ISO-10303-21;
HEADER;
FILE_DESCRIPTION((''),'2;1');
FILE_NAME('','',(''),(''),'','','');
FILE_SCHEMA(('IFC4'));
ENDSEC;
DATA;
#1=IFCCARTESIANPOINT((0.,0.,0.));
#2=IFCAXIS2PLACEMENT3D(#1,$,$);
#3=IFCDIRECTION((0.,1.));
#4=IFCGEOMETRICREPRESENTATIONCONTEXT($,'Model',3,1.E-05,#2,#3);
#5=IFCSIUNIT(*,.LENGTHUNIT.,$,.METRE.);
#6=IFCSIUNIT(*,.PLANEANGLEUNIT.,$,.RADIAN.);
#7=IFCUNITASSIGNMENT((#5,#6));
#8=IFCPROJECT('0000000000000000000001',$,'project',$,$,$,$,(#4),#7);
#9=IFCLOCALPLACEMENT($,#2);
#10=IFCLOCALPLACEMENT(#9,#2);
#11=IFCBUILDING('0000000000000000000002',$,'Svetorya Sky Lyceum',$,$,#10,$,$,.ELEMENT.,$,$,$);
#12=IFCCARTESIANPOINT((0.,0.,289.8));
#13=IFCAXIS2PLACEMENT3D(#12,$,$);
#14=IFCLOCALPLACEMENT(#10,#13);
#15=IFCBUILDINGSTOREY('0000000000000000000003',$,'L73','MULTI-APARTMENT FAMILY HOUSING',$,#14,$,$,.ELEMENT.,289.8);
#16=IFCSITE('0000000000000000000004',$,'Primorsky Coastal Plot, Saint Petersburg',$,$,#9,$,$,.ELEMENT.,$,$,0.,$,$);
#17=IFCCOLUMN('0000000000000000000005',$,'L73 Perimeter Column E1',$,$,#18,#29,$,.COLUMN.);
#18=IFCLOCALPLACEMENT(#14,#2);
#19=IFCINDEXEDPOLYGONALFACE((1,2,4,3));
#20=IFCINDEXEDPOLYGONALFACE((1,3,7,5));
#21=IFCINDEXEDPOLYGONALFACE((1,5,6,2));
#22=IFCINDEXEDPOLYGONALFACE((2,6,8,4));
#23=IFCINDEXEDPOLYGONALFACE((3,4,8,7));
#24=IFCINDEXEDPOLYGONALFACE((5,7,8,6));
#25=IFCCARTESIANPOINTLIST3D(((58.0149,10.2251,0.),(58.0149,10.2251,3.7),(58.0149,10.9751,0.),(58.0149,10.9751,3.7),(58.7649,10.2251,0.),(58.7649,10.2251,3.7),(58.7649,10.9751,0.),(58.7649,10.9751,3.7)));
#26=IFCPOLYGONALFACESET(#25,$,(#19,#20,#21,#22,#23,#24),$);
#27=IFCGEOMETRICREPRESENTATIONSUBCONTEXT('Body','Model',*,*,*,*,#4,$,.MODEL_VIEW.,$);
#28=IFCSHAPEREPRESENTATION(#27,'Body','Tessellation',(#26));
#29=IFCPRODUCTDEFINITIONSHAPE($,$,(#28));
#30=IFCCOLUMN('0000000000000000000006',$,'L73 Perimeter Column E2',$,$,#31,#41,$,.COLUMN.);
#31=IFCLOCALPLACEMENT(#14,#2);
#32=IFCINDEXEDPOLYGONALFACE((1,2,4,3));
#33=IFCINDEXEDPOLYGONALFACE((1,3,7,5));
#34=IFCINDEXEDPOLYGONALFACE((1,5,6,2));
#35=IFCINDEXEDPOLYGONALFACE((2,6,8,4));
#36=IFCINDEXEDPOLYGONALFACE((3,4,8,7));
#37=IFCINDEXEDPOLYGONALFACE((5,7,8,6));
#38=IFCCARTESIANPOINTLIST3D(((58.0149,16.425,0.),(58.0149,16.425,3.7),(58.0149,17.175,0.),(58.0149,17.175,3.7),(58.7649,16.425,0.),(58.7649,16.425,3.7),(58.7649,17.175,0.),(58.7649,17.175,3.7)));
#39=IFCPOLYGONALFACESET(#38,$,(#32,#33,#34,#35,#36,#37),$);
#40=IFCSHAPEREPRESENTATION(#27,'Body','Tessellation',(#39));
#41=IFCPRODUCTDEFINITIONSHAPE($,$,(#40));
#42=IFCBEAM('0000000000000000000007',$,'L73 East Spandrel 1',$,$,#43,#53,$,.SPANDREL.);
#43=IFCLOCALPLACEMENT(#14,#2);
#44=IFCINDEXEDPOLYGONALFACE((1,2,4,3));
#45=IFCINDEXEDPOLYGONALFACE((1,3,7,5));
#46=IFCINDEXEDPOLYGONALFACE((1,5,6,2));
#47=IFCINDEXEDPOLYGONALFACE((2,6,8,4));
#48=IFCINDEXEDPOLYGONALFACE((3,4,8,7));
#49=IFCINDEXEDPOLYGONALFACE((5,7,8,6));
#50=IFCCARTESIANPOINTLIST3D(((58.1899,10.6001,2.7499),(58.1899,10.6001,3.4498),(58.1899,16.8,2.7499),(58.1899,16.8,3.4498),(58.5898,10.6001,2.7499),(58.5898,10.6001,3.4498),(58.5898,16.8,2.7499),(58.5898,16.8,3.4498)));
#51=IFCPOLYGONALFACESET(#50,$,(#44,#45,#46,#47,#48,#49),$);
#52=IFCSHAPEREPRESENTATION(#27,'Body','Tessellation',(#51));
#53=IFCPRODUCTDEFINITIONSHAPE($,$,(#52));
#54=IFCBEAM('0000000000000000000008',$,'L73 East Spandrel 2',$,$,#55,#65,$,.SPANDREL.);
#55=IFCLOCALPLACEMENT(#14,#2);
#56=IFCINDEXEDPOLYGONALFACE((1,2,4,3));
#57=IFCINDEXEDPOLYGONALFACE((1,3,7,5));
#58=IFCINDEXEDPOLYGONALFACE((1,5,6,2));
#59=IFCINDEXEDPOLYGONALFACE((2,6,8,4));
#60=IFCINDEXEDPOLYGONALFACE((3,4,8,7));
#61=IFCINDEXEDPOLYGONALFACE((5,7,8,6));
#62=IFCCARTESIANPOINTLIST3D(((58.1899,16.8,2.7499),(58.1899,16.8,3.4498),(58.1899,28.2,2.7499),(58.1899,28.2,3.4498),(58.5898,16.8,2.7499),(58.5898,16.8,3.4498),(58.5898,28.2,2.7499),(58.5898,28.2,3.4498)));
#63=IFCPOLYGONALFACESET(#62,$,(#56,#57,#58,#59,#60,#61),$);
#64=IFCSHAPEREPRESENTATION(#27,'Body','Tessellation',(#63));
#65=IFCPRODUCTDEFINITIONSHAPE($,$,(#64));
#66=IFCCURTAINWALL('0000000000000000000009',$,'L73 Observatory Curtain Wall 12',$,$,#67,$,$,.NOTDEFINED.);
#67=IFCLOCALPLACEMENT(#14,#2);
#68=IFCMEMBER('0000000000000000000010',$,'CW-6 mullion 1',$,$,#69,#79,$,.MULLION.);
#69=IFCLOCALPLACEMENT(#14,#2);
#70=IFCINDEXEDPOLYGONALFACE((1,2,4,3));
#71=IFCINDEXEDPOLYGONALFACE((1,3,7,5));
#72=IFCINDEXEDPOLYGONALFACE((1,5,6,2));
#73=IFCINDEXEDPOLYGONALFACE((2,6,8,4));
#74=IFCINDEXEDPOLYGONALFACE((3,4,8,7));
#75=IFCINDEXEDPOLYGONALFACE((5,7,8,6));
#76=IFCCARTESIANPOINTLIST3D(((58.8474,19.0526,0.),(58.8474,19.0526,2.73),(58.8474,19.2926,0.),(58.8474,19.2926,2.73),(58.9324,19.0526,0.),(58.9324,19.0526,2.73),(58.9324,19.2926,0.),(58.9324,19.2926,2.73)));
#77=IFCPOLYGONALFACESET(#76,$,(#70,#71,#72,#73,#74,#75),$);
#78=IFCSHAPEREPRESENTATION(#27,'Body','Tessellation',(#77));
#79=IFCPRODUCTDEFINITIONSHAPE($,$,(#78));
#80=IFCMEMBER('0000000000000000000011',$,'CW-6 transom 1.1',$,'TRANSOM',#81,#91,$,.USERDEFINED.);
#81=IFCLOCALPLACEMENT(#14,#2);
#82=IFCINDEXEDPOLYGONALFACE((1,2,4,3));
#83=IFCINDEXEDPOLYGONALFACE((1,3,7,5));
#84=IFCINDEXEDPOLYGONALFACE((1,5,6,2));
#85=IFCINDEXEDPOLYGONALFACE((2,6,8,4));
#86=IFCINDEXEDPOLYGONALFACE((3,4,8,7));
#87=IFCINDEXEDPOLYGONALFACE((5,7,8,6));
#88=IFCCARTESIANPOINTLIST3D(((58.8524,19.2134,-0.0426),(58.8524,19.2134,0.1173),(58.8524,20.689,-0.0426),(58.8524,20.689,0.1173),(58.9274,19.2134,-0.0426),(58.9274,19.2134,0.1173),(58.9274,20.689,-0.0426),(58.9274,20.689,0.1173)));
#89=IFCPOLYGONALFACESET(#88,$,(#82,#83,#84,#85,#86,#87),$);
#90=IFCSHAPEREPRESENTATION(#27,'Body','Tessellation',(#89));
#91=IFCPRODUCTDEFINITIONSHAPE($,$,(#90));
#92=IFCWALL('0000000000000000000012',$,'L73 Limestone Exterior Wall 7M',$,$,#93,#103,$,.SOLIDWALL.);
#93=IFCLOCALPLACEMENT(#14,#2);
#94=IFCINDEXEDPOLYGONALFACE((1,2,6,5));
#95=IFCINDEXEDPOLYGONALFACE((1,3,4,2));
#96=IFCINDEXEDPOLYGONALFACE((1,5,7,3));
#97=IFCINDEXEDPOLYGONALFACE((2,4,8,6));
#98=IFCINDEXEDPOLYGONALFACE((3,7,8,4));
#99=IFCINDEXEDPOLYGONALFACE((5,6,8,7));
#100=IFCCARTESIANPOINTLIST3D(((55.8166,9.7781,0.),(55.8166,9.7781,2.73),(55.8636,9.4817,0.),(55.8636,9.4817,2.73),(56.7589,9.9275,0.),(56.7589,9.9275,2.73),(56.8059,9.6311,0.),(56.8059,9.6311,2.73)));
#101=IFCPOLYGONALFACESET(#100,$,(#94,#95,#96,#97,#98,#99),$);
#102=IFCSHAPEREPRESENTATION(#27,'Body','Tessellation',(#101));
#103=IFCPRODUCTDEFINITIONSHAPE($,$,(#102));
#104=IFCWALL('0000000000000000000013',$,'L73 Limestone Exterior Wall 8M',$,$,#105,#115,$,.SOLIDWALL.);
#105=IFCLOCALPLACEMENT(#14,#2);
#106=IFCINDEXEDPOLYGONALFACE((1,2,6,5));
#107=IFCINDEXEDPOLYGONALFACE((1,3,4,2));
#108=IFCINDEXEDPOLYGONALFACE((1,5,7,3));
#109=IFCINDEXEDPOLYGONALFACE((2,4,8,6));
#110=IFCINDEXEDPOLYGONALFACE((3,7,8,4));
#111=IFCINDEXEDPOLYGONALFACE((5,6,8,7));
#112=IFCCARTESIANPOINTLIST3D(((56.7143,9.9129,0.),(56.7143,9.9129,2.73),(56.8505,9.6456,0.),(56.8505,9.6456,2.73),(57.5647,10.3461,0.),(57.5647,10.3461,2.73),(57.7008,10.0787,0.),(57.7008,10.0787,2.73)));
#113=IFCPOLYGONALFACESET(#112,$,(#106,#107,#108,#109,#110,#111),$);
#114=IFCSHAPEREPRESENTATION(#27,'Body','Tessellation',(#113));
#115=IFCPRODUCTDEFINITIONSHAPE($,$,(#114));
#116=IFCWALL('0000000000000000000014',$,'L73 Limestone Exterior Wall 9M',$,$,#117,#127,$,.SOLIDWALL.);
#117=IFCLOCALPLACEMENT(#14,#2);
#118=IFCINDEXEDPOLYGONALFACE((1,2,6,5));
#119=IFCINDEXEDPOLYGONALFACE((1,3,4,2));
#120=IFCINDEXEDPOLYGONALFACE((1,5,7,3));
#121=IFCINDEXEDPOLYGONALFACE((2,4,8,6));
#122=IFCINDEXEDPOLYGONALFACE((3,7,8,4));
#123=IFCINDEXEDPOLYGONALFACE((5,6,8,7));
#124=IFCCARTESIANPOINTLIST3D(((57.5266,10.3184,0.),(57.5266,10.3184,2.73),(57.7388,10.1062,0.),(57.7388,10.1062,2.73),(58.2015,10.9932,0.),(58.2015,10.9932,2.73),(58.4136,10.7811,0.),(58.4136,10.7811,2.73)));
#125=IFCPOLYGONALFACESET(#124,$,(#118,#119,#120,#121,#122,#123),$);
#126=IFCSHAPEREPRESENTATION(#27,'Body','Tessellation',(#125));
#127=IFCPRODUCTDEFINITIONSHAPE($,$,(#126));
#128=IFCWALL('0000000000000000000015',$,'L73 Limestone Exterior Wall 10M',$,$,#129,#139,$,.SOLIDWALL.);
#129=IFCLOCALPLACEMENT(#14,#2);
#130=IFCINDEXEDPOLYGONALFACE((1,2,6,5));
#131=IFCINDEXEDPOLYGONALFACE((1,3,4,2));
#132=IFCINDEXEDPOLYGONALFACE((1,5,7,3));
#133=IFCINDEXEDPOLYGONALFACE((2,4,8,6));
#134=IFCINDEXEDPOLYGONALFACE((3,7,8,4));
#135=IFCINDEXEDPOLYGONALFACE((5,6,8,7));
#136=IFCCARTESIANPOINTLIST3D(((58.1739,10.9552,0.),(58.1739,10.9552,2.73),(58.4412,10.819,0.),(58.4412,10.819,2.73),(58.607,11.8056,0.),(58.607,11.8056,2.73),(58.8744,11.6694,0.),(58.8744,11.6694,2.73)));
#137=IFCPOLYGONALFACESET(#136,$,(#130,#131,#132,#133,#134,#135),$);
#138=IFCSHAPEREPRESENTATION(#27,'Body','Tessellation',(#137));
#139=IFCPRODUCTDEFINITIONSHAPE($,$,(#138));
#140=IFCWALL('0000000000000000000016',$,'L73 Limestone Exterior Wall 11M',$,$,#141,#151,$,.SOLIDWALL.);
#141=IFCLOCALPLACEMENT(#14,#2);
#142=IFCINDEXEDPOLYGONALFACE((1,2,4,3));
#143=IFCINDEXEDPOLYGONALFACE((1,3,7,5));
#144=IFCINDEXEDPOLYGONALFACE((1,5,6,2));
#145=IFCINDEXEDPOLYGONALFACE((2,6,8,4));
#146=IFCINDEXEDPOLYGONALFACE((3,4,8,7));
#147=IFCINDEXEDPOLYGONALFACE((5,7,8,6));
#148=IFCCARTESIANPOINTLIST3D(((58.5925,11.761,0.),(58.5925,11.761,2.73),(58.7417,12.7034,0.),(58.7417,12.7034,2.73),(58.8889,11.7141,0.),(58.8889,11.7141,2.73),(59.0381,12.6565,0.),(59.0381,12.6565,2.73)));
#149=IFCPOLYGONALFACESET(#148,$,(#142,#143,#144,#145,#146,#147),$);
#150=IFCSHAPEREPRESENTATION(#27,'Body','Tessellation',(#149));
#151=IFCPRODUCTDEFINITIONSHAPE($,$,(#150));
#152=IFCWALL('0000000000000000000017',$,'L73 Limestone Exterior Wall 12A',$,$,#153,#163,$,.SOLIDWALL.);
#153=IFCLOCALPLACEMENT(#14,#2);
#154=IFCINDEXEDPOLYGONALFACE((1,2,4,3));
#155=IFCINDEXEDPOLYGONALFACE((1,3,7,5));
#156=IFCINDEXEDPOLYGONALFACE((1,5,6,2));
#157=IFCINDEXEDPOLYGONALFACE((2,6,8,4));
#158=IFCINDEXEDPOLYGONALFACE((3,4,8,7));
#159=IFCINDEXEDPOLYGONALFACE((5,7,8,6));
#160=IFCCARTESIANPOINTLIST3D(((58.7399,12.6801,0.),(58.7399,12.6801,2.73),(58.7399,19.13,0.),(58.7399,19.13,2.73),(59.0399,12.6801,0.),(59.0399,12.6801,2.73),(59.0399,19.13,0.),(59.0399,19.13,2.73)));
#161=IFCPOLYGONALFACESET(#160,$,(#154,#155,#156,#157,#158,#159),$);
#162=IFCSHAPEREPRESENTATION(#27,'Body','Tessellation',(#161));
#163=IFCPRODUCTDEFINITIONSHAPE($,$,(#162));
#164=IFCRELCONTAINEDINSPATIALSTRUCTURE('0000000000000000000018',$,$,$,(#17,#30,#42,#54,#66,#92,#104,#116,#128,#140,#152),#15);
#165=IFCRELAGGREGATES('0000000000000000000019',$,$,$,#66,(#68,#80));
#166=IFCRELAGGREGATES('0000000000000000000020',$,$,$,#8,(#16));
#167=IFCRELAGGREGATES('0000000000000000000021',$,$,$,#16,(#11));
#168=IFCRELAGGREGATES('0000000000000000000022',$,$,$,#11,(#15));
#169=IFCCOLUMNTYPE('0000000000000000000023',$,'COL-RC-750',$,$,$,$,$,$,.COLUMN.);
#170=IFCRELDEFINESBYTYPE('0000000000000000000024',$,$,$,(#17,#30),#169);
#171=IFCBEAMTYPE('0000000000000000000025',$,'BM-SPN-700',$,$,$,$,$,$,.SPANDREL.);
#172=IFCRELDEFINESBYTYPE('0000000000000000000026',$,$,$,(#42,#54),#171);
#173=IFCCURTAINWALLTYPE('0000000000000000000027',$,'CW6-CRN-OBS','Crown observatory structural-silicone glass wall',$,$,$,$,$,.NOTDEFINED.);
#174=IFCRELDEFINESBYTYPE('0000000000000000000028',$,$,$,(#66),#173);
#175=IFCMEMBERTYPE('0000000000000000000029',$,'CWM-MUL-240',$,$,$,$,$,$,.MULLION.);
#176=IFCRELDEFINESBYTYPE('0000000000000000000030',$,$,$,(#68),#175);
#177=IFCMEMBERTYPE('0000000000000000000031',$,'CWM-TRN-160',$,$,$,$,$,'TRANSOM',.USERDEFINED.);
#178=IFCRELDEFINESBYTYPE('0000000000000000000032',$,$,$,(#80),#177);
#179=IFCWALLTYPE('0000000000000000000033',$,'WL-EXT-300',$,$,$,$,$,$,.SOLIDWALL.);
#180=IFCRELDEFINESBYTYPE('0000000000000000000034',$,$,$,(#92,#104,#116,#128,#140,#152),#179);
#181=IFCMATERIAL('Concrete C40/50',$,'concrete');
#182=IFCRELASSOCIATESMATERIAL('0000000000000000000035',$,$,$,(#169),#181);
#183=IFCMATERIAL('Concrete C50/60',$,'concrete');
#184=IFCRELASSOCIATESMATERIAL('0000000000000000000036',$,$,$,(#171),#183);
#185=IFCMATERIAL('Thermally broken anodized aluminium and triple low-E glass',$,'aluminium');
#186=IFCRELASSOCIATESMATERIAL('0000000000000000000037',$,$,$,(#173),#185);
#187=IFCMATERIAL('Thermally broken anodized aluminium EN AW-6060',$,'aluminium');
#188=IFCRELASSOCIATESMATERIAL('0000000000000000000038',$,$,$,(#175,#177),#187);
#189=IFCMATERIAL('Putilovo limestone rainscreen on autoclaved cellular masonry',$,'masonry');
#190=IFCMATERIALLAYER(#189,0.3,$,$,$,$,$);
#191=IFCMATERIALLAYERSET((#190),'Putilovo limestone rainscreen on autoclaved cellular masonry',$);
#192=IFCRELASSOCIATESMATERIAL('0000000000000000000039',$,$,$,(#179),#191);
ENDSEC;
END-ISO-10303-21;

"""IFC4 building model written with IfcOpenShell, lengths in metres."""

from ifc_helpers import new_model, si_unit, direction, frame, frame_2d, origin, origin_2d, place, context, subcontext, project, spatial, rectangle, extrude, material, layer, layer_set, material_profile, profile_set, type_object, element, aggregate, save


model = new_model("IFC4")

# Units and contexts
model_context = context("Model", 3, precision=1e-05, world=origin(), true_north=direction((0.0, 1.0)))
body_context = subcontext(model_context, "Body", "Model", "MODEL_VIEW")
ifc_project = project(units=[si_unit("LENGTHUNIT", "METRE"), si_unit("PLANEANGLEUNIT", "RADIAN")], contexts=[model_context])

# Site, building, storey
site_placement = place(None, origin())
site = spatial("IfcSite", under=ifc_project, at=site_placement, Name="Primorsky Coastal Plot, Saint Petersburg", CompositionType="ELEMENT", RefElevation=0.0)
building_placement = place(site_placement, origin())
building = spatial("IfcBuilding", under=site, at=building_placement, Name="Svetorya Sky Lyceum", CompositionType="ELEMENT")
storey_placement = place(building_placement, frame((0.0, 0.0, 289.8)))
storey = spatial("IfcBuildingStorey", under=building, at=storey_placement, Name="L73", Description="MULTI-APARTMENT FAMILY HOUSING", CompositionType="ELEMENT", Elevation=289.8)

# Columns
ifc_material_1 = material(Name="Concrete C40/50", Category="concrete")
ifc_material_profile_1 = material_profile(ifc_material_1, rectangle(XDim=0.75, YDim=0.75, at=origin_2d()), Name="RC COL 750x750")
ifc_profile_set_1 = profile_set([ifc_material_profile_1], Name="Concrete C40/50")
column_type = type_object("IfcColumnType", Name="COL-RC-750", PredefinedType="COLUMN", material=ifc_profile_set_1)
for number, where, z_axis, x_axis, name in (
    (1, (58.3899, 10.6001, 0.0), (0.0, 0.0, 1.0), (1.0, 0.0, 0.0), "L73 Perimeter Column E1"),
    (2, (58.3899, 16.8, 0.0), (0.0, 0.0, 1.0), (1.0, 0.0, 0.0), "L73 Perimeter Column E2"),
):
    element("IfcColumn", number, at=place(storey_placement, frame(where, z_axis=z_axis, x_axis=x_axis)), inside=storey, type_object=column_type, Name=name, PredefinedType="COLUMN", context=body_context, shape_type="SweptSolid", body=[
        extrude(rectangle(XDim=0.75, YDim=0.75, at=origin_2d()), origin(), (0.0, 0.0, 1.0), 3.7),
    ])

# Beams
ifc_material_2 = material(Name="Concrete C50/60", Category="concrete")
ifc_material_profile_2 = material_profile(ifc_material_2, rectangle(XDim=0.3999, YDim=0.7, at=origin_2d()), Name="RC SPANDREL 400x700")
ifc_profile_set_2 = profile_set([ifc_material_profile_2], Name="Concrete C50/60")
beam_type = type_object("IfcBeamType", Name="BM-SPN-700", PredefinedType="SPANDREL", material=ifc_profile_set_2)
beam_1_placement = place(storey_placement, frame((58.3899, 10.6001, 3.0999), z_axis=(0.0, 1.0, 0.0), x_axis=(-1.0, 0.0, 0.0)))
element("IfcBeam", 3, at=beam_1_placement, inside=storey, type_object=beam_type, Name="L73 East Spandrel 1", PredefinedType="SPANDREL", context=body_context, shape_type="SweptSolid", body=[
    extrude(rectangle(XDim=0.3999, YDim=0.7, at=origin_2d()), origin(), (0.0, 0.0, 1.0), 6.2),
])
beam_2_placement = place(storey_placement, frame((58.3899, 16.8, 3.0999), z_axis=(0.0, 1.0, 0.0), x_axis=(-1.0, 0.0, 0.0)))
element("IfcBeam", 4, at=beam_2_placement, inside=storey, type_object=beam_type, Name="L73 East Spandrel 2", PredefinedType="SPANDREL", context=body_context, shape_type="SweptSolid", body=[
    extrude(rectangle(XDim=0.3999, YDim=0.7, at=origin_2d()), origin(), (0.0, 0.0, 1.0), 11.3999),
])

# Curtain wall, members
ifc_material_3 = material(Name="Thermally broken anodized aluminium and triple low-E glass", Category="aluminium")
curtain_wall_type = type_object("IfcCurtainWallType", Name="CW6-CRN-OBS", Description="Crown observatory structural-silicone glass wall", PredefinedType="NOTDEFINED", material=ifc_material_3)
curtain_wall_placement = place(storey_placement, origin())
curtain_wall = element("IfcCurtainWall", 5, at=curtain_wall_placement, inside=storey, type_object=curtain_wall_type, Name="L73 Observatory Curtain Wall 12", PredefinedType="NOTDEFINED")
ifc_material_4 = material(Name="Thermally broken anodized aluminium EN AW-6060", Category="aluminium")
ifc_material_profile_3 = material_profile(ifc_material_4, rectangle(XDim=0.085, YDim=0.24, at=origin_2d()), Name="ALU MULLION 85x240")
ifc_profile_set_3 = profile_set([ifc_material_profile_3], Name="Thermally broken anodized aluminium EN AW-6060")
member_type_1 = type_object("IfcMemberType", Name="CWM-MUL-240", PredefinedType="MULLION", material=ifc_profile_set_3)
member_1_placement = place(storey_placement, frame((58.8899, 19.1726, 0.0), z_axis=(0.0, 0.0, 1.0), x_axis=(-1.0, 0.0, 0.0)))
member_1 = element("IfcMember", 6, at=member_1_placement, type_object=member_type_1, Name="CW-6 mullion 1", PredefinedType="MULLION", context=body_context, shape_type="SweptSolid", body=[
    extrude(rectangle(XDim=0.085, YDim=0.24, at=origin_2d()), origin(), (0.0, 0.0, 1.0), 2.73),
])
ifc_material_profile_4 = material_profile(ifc_material_4, rectangle(XDim=0.075, YDim=0.1599, at=origin_2d()), Name="ALU TRANSOM 75x160")
ifc_profile_set_4 = profile_set([ifc_material_profile_4], Name="Thermally broken anodized aluminium EN AW-6060")
member_type_2 = type_object("IfcMemberType", Name="CWM-TRN-160", ElementType="TRANSOM", PredefinedType="USERDEFINED", material=ifc_profile_set_4)
member_2_placement = place(storey_placement, frame((58.8899, 19.2134, 0.0374), z_axis=(0.0, 1.0, 0.0), x_axis=(-1.0, 0.0, 0.0)))
member_2 = element("IfcMember", 7, at=member_2_placement, type_object=member_type_2, Name="CW-6 transom 1.1", ObjectType="TRANSOM", PredefinedType="USERDEFINED", context=body_context, shape_type="SweptSolid", body=[
    extrude(rectangle(XDim=0.075, YDim=0.1599, at=origin_2d()), origin(), (0.0, 0.0, 1.0), 1.4756),
])
aggregate(curtain_wall, [member_1, member_2])

# Walls
ifc_material_5 = material(Name="Putilovo limestone rainscreen on autoclaved cellular masonry", Category="masonry")
ifc_layer_1 = layer(ifc_material_5, 0.3)
ifc_layer_set_1 = layer_set([ifc_layer_1], Name="Putilovo limestone rainscreen on autoclaved cellular masonry")
wall_type_1 = type_object("IfcWallType", Name="WL-EXT-300", PredefinedType="SOLIDWALL", material=ifc_layer_set_1)
wall_1_placement = place(storey_placement, frame((55.8401, 9.6299, 0.0), z_axis=(0.0, 0.0, 1.0), x_axis=(0.987663, 0.156593, 0.0)))
element("IfcWall", 8, at=wall_1_placement, inside=storey, type_object=wall_type_1, Name="L73 Limestone Exterior Wall 7M", PredefinedType="SOLIDWALL", context=body_context, shape_type="SweptSolid", body=[
    extrude(rectangle(XDim=0.9541, YDim=0.3, at=frame_2d((0.4771, 0.0))), origin(), (0.0, 0.0, 1.0), 2.73),
])
for number, where, z_axis, x_axis, name in (
    (9, (56.7825, 9.7793, 0.0), (0.0, 0.0, 1.0), (0.891077, 0.453853, 0.0), "L73 Limestone Exterior Wall 8M"),
    (10, (57.6328, 10.2124, 0.0), (0.0, 0.0, 1.0), (0.707107, 0.707107, 0.0), "L73 Limestone Exterior Wall 9M"),
    (11, (58.3076, 10.8872, 0.0), (0.0, 0.0, 1.0), (0.453853, 0.891077, 0.0), "L73 Limestone Exterior Wall 10M"),
):
    element("IfcWall", number, at=place(storey_placement, frame(where, z_axis=z_axis, x_axis=x_axis)), inside=storey, type_object=wall_type_1, Name=name, PredefinedType="SOLIDWALL", context=body_context, shape_type="SweptSolid", body=[
        extrude(rectangle(XDim=0.9543, YDim=0.3, at=frame_2d((0.4771, 0.0))), origin(), (0.0, 0.0, 1.0), 2.73),
    ])
wall_2_placement = place(storey_placement, frame((58.7407, 11.7375, 0.0), z_axis=(0.0, 0.0, 1.0), x_axis=(0.156344, 0.987703, 0.0)))
element("IfcWall", 12, at=wall_2_placement, inside=storey, type_object=wall_type_1, Name="L73 Limestone Exterior Wall 11M", PredefinedType="SOLIDWALL", context=body_context, shape_type="SweptSolid", body=[
    extrude(rectangle(XDim=0.9541, YDim=0.3, at=frame_2d((0.4771, 0.0))), origin(), (0.0, 0.0, 1.0), 2.73),
])
wall_3_placement = place(storey_placement, frame((58.8899, 12.6799, 0.0), z_axis=(0.0, 0.0, 1.0), x_axis=(0.0, 1.0, 0.0)))
element("IfcWall", 13, at=wall_3_placement, inside=storey, type_object=wall_type_1, Name="L73 Limestone Exterior Wall 12A", PredefinedType="SOLIDWALL", context=body_context, shape_type="SweptSolid", body=[
    extrude(rectangle(XDim=6.45, YDim=0.3, at=frame_2d((3.2251, 0.0))), origin(), (0.0, 0.0, 1.0), 2.73),
])

save(model, "model.ifc")
